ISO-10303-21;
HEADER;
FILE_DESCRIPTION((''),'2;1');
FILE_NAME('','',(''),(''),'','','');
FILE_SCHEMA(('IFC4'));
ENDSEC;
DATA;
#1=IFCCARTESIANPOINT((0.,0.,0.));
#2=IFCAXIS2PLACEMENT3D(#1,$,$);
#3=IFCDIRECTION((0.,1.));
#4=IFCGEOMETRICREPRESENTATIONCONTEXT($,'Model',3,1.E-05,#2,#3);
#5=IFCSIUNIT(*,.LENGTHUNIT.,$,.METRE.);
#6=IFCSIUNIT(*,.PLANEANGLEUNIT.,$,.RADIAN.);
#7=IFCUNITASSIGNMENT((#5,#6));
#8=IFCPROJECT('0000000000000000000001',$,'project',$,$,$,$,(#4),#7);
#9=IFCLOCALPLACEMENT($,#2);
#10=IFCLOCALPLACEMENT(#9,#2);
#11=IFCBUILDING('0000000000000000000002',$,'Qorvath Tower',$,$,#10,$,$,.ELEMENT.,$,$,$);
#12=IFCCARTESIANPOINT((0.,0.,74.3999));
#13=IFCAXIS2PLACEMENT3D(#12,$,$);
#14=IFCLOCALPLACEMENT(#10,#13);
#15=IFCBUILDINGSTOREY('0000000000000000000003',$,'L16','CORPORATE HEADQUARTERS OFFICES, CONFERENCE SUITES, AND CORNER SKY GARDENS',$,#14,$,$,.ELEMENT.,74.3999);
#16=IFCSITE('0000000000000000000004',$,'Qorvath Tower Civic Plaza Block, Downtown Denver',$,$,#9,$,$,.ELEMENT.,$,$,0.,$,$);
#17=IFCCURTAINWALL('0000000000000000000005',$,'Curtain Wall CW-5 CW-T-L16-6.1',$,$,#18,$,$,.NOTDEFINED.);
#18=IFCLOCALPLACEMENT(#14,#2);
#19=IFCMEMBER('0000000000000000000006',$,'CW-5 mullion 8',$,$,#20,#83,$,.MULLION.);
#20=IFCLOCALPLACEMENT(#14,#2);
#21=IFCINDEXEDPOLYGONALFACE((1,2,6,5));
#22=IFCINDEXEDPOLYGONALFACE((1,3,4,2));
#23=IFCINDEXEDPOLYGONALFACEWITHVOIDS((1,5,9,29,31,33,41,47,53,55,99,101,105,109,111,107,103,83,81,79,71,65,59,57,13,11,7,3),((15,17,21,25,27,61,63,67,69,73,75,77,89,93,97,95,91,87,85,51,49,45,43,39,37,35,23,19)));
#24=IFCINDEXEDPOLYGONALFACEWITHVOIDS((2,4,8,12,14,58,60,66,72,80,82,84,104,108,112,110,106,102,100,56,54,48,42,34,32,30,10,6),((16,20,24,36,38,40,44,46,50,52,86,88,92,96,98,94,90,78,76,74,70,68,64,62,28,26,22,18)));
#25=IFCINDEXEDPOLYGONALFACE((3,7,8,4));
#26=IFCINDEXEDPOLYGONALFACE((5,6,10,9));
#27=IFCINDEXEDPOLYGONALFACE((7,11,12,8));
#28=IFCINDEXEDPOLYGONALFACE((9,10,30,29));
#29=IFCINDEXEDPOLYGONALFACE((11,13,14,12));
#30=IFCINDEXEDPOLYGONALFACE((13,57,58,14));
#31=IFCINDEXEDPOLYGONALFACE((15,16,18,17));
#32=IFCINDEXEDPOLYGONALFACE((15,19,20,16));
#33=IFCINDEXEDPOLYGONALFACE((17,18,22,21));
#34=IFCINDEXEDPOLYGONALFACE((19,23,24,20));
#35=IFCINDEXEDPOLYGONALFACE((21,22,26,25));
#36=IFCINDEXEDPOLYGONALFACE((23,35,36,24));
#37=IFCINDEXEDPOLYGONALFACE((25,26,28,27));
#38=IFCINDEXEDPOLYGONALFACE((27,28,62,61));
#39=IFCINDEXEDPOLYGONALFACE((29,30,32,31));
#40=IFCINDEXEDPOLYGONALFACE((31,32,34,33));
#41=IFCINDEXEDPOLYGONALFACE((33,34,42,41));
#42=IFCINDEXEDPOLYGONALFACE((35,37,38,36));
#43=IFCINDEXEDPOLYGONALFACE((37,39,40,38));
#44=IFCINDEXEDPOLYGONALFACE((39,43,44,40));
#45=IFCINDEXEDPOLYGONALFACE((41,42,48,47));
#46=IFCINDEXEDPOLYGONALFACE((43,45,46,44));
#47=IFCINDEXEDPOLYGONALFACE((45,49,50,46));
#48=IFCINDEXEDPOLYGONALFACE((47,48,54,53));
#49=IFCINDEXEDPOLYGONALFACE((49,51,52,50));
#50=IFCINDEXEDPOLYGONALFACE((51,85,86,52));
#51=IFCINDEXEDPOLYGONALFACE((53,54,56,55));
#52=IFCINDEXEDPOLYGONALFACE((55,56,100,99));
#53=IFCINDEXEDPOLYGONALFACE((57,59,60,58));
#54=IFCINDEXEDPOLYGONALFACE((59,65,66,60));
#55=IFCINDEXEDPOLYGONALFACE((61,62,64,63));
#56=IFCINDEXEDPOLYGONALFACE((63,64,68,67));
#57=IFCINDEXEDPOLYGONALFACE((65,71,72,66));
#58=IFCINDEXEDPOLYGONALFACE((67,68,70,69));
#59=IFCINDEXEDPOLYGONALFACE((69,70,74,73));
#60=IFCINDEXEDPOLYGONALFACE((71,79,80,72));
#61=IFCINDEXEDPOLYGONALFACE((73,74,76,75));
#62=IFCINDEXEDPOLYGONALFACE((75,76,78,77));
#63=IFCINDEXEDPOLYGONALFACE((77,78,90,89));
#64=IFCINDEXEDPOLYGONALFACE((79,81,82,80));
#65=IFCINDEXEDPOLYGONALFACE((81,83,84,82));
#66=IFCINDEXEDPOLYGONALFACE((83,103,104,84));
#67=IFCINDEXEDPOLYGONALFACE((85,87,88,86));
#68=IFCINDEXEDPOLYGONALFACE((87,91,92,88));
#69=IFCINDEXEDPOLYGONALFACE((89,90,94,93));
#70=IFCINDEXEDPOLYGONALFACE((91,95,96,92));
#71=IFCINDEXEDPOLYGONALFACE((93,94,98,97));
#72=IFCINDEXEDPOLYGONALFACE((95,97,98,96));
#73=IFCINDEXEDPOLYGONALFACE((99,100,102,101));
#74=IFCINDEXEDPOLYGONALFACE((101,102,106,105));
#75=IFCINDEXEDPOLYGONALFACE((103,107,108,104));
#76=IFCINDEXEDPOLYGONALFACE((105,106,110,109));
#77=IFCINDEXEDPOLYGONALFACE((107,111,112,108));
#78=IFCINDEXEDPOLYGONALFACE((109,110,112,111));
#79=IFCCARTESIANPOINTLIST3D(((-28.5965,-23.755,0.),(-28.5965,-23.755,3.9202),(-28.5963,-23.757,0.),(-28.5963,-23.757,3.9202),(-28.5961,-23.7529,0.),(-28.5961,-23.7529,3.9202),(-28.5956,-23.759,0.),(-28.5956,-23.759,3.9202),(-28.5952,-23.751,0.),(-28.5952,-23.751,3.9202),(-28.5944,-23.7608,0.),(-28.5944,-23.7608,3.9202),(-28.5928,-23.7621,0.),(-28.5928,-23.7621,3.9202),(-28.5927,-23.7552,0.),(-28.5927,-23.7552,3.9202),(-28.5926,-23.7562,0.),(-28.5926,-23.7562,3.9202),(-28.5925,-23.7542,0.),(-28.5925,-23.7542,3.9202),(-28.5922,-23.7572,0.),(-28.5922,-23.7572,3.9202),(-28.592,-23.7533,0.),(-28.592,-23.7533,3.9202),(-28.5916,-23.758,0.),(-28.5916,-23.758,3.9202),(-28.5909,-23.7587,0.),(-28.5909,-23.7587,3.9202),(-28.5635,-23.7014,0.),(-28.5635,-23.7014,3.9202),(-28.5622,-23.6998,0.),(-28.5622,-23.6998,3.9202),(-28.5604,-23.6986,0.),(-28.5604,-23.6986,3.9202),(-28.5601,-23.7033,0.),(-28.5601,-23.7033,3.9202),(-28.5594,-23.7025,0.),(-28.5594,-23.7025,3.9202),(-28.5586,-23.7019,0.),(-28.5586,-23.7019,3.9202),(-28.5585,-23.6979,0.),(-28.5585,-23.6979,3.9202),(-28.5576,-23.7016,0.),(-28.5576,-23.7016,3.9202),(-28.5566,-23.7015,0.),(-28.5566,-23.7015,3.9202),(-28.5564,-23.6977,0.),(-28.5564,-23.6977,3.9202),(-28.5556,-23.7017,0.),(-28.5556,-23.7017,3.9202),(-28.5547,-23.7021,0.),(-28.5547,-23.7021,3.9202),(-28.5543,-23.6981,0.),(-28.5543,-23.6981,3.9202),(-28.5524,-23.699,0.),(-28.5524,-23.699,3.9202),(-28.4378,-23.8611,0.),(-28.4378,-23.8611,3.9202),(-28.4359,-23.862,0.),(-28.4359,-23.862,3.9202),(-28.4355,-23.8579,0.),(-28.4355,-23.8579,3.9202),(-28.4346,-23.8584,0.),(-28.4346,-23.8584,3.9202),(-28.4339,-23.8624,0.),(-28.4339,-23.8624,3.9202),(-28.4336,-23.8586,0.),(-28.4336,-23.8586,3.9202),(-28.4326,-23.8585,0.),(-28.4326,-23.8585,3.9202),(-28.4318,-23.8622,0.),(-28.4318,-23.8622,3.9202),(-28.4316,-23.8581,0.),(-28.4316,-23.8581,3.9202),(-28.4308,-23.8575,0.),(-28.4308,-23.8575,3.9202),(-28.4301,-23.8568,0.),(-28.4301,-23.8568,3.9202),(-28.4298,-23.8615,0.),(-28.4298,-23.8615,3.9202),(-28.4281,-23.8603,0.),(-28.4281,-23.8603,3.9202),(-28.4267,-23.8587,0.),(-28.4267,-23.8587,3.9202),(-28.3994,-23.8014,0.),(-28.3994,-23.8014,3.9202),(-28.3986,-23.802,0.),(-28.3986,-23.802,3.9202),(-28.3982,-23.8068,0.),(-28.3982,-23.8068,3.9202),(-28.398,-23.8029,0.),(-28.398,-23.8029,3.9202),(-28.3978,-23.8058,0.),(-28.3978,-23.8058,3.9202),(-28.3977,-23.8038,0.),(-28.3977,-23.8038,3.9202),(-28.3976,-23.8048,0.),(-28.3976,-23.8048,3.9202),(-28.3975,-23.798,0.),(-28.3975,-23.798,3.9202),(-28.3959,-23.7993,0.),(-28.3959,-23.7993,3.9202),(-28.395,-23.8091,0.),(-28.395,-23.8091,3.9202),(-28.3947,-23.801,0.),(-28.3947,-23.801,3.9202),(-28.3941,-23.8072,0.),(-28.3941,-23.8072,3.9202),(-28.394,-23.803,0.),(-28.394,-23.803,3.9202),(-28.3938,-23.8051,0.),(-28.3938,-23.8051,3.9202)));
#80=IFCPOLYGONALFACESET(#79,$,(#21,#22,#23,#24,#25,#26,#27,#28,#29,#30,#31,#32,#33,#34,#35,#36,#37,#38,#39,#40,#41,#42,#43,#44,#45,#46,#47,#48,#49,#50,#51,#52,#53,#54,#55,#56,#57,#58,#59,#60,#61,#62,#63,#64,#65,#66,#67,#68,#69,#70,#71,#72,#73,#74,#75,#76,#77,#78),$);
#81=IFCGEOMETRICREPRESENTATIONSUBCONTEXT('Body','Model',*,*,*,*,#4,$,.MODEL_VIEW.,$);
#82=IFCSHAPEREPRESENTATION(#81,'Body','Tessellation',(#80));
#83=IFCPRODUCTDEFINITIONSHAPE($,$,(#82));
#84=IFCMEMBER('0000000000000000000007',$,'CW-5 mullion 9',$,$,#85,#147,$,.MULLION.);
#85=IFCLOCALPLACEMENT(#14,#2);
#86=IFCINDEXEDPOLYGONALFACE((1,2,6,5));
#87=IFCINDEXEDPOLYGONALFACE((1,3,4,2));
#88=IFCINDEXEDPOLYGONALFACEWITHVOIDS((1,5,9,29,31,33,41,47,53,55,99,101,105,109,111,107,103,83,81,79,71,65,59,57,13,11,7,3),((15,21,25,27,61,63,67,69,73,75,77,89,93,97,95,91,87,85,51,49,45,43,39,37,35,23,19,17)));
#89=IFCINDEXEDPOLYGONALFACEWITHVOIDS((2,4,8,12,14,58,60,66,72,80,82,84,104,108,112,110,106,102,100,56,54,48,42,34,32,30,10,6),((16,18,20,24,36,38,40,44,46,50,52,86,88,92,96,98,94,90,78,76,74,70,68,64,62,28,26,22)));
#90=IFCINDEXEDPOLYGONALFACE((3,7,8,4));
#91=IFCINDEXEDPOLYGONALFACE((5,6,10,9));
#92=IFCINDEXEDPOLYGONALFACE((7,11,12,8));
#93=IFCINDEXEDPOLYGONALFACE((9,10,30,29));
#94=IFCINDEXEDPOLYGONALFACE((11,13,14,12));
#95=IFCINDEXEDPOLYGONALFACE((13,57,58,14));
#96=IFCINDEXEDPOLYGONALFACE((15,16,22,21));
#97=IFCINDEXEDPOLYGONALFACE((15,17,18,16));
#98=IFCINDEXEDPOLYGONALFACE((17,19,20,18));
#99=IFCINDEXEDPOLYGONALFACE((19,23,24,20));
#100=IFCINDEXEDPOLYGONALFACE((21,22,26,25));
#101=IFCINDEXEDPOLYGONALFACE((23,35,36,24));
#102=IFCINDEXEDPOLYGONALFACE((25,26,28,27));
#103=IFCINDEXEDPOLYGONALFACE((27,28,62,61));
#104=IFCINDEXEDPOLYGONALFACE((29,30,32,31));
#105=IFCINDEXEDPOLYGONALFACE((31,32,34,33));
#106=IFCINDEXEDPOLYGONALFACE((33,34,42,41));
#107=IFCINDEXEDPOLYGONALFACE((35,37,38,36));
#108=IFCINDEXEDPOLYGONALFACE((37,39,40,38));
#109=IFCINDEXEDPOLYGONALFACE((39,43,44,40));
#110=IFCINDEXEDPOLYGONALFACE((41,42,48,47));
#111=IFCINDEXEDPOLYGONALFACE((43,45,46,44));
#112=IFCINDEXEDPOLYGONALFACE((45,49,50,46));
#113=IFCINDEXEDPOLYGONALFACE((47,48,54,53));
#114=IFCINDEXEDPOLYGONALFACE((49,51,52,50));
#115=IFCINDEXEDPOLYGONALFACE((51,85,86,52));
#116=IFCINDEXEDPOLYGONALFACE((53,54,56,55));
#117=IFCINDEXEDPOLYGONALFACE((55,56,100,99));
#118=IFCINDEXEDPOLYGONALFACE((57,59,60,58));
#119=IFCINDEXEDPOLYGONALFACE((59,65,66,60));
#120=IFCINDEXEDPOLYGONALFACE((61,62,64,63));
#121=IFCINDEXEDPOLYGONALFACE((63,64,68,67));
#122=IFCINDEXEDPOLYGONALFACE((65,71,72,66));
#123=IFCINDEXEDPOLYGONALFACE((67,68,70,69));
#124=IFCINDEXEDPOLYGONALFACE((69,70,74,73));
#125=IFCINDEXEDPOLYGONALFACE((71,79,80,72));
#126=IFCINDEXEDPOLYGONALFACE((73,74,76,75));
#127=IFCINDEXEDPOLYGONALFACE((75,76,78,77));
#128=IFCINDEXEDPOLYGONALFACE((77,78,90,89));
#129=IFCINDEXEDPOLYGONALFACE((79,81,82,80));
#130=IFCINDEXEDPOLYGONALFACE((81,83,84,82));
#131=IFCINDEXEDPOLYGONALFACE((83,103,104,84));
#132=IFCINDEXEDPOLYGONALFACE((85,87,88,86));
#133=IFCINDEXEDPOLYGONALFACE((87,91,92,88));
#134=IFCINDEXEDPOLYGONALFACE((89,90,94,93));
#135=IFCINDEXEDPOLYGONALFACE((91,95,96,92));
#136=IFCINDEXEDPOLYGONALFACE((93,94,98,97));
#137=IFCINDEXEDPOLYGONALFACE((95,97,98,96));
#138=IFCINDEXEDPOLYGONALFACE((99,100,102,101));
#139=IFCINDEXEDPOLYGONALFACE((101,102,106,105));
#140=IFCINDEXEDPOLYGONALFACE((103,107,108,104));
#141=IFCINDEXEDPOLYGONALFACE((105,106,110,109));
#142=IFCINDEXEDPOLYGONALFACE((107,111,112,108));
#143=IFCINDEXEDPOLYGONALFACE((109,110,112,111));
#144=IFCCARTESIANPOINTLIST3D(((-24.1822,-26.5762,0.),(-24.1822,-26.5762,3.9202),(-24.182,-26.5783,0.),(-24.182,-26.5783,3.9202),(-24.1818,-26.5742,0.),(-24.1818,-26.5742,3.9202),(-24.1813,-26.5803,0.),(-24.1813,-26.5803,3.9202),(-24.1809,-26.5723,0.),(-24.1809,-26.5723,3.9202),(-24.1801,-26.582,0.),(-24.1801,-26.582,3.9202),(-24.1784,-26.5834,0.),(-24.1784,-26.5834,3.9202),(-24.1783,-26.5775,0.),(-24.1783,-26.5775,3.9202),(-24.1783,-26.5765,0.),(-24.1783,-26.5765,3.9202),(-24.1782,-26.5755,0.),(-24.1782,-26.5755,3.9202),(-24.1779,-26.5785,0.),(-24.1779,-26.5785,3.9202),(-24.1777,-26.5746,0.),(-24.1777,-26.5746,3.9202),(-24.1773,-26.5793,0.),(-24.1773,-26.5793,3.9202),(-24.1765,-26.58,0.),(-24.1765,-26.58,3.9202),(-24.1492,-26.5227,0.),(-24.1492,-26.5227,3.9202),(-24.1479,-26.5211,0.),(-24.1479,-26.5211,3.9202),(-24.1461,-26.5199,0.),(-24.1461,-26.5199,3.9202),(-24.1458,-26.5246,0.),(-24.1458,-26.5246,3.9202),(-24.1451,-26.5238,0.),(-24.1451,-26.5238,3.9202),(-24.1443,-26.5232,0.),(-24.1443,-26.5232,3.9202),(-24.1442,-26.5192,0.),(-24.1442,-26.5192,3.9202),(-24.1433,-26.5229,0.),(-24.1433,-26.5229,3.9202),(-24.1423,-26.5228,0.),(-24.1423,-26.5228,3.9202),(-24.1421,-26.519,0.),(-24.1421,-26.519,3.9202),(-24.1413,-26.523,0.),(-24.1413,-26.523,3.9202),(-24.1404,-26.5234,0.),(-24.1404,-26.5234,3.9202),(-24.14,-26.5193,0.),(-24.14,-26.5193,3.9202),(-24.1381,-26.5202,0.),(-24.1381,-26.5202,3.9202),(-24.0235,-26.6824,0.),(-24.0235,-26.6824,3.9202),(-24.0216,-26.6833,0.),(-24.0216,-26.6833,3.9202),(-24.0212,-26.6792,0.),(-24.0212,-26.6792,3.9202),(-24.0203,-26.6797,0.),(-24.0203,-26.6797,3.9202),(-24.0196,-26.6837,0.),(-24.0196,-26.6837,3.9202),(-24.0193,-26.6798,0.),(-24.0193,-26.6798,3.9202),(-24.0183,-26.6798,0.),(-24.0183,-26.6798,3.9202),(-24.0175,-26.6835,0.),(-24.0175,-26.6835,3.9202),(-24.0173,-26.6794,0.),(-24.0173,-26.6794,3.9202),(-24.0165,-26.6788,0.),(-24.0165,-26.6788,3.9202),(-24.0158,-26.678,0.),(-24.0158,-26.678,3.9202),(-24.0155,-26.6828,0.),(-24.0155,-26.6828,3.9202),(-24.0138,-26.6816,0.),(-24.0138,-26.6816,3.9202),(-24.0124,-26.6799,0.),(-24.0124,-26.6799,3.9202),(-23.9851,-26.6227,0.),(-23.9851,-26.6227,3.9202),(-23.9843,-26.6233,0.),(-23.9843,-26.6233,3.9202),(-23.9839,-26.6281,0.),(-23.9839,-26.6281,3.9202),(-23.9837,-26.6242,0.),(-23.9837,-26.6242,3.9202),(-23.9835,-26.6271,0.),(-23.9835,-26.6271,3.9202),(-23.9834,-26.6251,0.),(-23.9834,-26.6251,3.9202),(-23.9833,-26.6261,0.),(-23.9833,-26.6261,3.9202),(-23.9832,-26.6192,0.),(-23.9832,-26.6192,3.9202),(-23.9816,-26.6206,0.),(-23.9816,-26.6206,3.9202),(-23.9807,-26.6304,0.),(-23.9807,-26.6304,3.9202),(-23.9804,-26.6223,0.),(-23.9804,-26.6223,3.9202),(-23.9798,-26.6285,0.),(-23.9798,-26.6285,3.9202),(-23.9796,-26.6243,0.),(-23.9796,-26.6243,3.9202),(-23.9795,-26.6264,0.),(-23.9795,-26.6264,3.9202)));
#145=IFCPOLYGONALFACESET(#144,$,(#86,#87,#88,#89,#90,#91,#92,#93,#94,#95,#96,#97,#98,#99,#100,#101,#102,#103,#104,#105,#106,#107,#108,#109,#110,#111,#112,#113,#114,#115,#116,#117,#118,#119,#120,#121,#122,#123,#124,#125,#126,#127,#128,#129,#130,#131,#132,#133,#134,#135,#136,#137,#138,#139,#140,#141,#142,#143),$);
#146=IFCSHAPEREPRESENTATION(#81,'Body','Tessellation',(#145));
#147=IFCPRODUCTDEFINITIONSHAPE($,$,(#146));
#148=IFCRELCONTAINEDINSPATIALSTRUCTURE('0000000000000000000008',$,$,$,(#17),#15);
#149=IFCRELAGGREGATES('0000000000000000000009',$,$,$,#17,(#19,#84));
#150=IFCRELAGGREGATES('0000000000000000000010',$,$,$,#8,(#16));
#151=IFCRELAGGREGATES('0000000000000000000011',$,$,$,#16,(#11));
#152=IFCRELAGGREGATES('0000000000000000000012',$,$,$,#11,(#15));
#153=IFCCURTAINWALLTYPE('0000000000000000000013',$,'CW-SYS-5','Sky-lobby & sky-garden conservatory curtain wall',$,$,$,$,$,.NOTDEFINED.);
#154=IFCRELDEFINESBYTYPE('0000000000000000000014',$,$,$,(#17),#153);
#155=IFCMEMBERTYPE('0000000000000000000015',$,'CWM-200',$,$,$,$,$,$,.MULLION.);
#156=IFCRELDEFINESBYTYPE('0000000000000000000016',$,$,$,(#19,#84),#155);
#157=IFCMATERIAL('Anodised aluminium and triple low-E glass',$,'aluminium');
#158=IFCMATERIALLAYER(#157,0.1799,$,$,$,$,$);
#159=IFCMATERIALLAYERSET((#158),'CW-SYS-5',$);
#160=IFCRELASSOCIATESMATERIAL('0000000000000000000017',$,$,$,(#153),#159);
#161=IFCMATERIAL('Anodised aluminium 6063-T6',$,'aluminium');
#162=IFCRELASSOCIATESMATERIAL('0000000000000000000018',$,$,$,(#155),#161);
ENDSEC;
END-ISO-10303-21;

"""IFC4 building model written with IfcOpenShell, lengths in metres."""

from ifc_helpers import new_model, si_unit, direction, frame, origin, origin_2d, place, context, subcontext, project, spatial, hollow_rectangle, extrude, material, layer, layer_set, material_profile, profile_set, type_object, element, aggregate, save


model = new_model("IFC4")

# Units and contexts
model_context = context("Model", 3, precision=1e-05, world=origin(), true_north=direction((0.0, 1.0)))
body_context = subcontext(model_context, "Body", "Model", "MODEL_VIEW")
ifc_project = project(units=[si_unit("LENGTHUNIT", "METRE"), si_unit("PLANEANGLEUNIT", "RADIAN")], contexts=[model_context])

# Site, building, storey
site_placement = place(None, origin())
site = spatial("IfcSite", under=ifc_project, at=site_placement, Name="Qorvath Tower Civic Plaza Block, Downtown Denver", CompositionType="ELEMENT", RefElevation=0.0)
building_placement = place(site_placement, origin())
building = spatial("IfcBuilding", under=site, at=building_placement, Name="Qorvath Tower", CompositionType="ELEMENT")
storey_placement = place(building_placement, frame((0.0, 0.0, 74.3999)))
storey = spatial("IfcBuildingStorey", under=building, at=storey_placement, Name="L16", Description="CORPORATE HEADQUARTERS OFFICES, CONFERENCE SUITES, AND CORNER SKY GARDENS", CompositionType="ELEMENT", Elevation=74.3999)

# Curtain wall, members
ifc_material_1 = material(Name="Anodised aluminium and triple low-E glass", Category="aluminium")
ifc_layer_1 = layer(ifc_material_1, 0.1799)
ifc_layer_set_1 = layer_set([ifc_layer_1], Name="CW-SYS-5")
curtain_wall_type = type_object("IfcCurtainWallType", Name="CW-SYS-5", Description="Sky-lobby & sky-garden conservatory curtain wall", PredefinedType="NOTDEFINED", material=ifc_layer_set_1)
curtain_wall_placement = place(storey_placement, origin())
curtain_wall = element("IfcCurtainWall", 1, at=curtain_wall_placement, inside=storey, type_object=curtain_wall_type, Name="Curtain Wall CW-5 CW-T-L16-6.1", PredefinedType="NOTDEFINED")
ifc_material_2 = material(Name="Anodised aluminium 6063-T6", Category="aluminium")
ifc_material_profile_1 = material_profile(ifc_material_2, hollow_rectangle(XDim=0.075, YDim=0.2, WallThickness=0.0039, InnerFilletRadius=0.0039, OuterFilletRadius=0.0081, at=origin_2d()), Name="CWM 200x75")
ifc_profile_set_1 = profile_set([ifc_material_profile_1], Name="Anodised aluminium 6063-T6")
member_type_1 = type_object("IfcMemberType", Name="CWM-200", PredefinedType="MULLION", material=ifc_profile_set_1)
member_1_placement = place(storey_placement, frame((-28.4951, -23.78, 0.0), z_axis=(0.0, 0.0, 1.0), x_axis=(0.538533, 0.842604, 0.0)))
member_1 = element("IfcMember", 2, at=member_1_placement, type_object=member_type_1, Name="CW-5 mullion 8", PredefinedType="MULLION", context=body_context, shape_type="SweptSolid", body=[
    extrude(hollow_rectangle(XDim=0.075, YDim=0.2, WallThickness=0.0039, InnerFilletRadius=0.0039, OuterFilletRadius=0.0081, at=origin_2d()), origin(), (0.0, 0.0, 1.0), 3.9202),
])
member_2_placement = place(storey_placement, frame((-24.0808, -26.6013, 0.0), z_axis=(0.0, 0.0, 1.0), x_axis=(0.538533, 0.842604, 0.0)))
member_2 = element("IfcMember", 3, at=member_2_placement, type_object=member_type_1, Name="CW-5 mullion 9", PredefinedType="MULLION", context=body_context, shape_type="SweptSolid", body=[
    extrude(hollow_rectangle(XDim=0.075, YDim=0.2, WallThickness=0.0039, InnerFilletRadius=0.0039, OuterFilletRadius=0.0081, at=origin_2d()), origin(), (0.0, 0.0, 1.0), 3.9202),
])
aggregate(curtain_wall, [member_1, member_2])

save(model, "model.ifc")
